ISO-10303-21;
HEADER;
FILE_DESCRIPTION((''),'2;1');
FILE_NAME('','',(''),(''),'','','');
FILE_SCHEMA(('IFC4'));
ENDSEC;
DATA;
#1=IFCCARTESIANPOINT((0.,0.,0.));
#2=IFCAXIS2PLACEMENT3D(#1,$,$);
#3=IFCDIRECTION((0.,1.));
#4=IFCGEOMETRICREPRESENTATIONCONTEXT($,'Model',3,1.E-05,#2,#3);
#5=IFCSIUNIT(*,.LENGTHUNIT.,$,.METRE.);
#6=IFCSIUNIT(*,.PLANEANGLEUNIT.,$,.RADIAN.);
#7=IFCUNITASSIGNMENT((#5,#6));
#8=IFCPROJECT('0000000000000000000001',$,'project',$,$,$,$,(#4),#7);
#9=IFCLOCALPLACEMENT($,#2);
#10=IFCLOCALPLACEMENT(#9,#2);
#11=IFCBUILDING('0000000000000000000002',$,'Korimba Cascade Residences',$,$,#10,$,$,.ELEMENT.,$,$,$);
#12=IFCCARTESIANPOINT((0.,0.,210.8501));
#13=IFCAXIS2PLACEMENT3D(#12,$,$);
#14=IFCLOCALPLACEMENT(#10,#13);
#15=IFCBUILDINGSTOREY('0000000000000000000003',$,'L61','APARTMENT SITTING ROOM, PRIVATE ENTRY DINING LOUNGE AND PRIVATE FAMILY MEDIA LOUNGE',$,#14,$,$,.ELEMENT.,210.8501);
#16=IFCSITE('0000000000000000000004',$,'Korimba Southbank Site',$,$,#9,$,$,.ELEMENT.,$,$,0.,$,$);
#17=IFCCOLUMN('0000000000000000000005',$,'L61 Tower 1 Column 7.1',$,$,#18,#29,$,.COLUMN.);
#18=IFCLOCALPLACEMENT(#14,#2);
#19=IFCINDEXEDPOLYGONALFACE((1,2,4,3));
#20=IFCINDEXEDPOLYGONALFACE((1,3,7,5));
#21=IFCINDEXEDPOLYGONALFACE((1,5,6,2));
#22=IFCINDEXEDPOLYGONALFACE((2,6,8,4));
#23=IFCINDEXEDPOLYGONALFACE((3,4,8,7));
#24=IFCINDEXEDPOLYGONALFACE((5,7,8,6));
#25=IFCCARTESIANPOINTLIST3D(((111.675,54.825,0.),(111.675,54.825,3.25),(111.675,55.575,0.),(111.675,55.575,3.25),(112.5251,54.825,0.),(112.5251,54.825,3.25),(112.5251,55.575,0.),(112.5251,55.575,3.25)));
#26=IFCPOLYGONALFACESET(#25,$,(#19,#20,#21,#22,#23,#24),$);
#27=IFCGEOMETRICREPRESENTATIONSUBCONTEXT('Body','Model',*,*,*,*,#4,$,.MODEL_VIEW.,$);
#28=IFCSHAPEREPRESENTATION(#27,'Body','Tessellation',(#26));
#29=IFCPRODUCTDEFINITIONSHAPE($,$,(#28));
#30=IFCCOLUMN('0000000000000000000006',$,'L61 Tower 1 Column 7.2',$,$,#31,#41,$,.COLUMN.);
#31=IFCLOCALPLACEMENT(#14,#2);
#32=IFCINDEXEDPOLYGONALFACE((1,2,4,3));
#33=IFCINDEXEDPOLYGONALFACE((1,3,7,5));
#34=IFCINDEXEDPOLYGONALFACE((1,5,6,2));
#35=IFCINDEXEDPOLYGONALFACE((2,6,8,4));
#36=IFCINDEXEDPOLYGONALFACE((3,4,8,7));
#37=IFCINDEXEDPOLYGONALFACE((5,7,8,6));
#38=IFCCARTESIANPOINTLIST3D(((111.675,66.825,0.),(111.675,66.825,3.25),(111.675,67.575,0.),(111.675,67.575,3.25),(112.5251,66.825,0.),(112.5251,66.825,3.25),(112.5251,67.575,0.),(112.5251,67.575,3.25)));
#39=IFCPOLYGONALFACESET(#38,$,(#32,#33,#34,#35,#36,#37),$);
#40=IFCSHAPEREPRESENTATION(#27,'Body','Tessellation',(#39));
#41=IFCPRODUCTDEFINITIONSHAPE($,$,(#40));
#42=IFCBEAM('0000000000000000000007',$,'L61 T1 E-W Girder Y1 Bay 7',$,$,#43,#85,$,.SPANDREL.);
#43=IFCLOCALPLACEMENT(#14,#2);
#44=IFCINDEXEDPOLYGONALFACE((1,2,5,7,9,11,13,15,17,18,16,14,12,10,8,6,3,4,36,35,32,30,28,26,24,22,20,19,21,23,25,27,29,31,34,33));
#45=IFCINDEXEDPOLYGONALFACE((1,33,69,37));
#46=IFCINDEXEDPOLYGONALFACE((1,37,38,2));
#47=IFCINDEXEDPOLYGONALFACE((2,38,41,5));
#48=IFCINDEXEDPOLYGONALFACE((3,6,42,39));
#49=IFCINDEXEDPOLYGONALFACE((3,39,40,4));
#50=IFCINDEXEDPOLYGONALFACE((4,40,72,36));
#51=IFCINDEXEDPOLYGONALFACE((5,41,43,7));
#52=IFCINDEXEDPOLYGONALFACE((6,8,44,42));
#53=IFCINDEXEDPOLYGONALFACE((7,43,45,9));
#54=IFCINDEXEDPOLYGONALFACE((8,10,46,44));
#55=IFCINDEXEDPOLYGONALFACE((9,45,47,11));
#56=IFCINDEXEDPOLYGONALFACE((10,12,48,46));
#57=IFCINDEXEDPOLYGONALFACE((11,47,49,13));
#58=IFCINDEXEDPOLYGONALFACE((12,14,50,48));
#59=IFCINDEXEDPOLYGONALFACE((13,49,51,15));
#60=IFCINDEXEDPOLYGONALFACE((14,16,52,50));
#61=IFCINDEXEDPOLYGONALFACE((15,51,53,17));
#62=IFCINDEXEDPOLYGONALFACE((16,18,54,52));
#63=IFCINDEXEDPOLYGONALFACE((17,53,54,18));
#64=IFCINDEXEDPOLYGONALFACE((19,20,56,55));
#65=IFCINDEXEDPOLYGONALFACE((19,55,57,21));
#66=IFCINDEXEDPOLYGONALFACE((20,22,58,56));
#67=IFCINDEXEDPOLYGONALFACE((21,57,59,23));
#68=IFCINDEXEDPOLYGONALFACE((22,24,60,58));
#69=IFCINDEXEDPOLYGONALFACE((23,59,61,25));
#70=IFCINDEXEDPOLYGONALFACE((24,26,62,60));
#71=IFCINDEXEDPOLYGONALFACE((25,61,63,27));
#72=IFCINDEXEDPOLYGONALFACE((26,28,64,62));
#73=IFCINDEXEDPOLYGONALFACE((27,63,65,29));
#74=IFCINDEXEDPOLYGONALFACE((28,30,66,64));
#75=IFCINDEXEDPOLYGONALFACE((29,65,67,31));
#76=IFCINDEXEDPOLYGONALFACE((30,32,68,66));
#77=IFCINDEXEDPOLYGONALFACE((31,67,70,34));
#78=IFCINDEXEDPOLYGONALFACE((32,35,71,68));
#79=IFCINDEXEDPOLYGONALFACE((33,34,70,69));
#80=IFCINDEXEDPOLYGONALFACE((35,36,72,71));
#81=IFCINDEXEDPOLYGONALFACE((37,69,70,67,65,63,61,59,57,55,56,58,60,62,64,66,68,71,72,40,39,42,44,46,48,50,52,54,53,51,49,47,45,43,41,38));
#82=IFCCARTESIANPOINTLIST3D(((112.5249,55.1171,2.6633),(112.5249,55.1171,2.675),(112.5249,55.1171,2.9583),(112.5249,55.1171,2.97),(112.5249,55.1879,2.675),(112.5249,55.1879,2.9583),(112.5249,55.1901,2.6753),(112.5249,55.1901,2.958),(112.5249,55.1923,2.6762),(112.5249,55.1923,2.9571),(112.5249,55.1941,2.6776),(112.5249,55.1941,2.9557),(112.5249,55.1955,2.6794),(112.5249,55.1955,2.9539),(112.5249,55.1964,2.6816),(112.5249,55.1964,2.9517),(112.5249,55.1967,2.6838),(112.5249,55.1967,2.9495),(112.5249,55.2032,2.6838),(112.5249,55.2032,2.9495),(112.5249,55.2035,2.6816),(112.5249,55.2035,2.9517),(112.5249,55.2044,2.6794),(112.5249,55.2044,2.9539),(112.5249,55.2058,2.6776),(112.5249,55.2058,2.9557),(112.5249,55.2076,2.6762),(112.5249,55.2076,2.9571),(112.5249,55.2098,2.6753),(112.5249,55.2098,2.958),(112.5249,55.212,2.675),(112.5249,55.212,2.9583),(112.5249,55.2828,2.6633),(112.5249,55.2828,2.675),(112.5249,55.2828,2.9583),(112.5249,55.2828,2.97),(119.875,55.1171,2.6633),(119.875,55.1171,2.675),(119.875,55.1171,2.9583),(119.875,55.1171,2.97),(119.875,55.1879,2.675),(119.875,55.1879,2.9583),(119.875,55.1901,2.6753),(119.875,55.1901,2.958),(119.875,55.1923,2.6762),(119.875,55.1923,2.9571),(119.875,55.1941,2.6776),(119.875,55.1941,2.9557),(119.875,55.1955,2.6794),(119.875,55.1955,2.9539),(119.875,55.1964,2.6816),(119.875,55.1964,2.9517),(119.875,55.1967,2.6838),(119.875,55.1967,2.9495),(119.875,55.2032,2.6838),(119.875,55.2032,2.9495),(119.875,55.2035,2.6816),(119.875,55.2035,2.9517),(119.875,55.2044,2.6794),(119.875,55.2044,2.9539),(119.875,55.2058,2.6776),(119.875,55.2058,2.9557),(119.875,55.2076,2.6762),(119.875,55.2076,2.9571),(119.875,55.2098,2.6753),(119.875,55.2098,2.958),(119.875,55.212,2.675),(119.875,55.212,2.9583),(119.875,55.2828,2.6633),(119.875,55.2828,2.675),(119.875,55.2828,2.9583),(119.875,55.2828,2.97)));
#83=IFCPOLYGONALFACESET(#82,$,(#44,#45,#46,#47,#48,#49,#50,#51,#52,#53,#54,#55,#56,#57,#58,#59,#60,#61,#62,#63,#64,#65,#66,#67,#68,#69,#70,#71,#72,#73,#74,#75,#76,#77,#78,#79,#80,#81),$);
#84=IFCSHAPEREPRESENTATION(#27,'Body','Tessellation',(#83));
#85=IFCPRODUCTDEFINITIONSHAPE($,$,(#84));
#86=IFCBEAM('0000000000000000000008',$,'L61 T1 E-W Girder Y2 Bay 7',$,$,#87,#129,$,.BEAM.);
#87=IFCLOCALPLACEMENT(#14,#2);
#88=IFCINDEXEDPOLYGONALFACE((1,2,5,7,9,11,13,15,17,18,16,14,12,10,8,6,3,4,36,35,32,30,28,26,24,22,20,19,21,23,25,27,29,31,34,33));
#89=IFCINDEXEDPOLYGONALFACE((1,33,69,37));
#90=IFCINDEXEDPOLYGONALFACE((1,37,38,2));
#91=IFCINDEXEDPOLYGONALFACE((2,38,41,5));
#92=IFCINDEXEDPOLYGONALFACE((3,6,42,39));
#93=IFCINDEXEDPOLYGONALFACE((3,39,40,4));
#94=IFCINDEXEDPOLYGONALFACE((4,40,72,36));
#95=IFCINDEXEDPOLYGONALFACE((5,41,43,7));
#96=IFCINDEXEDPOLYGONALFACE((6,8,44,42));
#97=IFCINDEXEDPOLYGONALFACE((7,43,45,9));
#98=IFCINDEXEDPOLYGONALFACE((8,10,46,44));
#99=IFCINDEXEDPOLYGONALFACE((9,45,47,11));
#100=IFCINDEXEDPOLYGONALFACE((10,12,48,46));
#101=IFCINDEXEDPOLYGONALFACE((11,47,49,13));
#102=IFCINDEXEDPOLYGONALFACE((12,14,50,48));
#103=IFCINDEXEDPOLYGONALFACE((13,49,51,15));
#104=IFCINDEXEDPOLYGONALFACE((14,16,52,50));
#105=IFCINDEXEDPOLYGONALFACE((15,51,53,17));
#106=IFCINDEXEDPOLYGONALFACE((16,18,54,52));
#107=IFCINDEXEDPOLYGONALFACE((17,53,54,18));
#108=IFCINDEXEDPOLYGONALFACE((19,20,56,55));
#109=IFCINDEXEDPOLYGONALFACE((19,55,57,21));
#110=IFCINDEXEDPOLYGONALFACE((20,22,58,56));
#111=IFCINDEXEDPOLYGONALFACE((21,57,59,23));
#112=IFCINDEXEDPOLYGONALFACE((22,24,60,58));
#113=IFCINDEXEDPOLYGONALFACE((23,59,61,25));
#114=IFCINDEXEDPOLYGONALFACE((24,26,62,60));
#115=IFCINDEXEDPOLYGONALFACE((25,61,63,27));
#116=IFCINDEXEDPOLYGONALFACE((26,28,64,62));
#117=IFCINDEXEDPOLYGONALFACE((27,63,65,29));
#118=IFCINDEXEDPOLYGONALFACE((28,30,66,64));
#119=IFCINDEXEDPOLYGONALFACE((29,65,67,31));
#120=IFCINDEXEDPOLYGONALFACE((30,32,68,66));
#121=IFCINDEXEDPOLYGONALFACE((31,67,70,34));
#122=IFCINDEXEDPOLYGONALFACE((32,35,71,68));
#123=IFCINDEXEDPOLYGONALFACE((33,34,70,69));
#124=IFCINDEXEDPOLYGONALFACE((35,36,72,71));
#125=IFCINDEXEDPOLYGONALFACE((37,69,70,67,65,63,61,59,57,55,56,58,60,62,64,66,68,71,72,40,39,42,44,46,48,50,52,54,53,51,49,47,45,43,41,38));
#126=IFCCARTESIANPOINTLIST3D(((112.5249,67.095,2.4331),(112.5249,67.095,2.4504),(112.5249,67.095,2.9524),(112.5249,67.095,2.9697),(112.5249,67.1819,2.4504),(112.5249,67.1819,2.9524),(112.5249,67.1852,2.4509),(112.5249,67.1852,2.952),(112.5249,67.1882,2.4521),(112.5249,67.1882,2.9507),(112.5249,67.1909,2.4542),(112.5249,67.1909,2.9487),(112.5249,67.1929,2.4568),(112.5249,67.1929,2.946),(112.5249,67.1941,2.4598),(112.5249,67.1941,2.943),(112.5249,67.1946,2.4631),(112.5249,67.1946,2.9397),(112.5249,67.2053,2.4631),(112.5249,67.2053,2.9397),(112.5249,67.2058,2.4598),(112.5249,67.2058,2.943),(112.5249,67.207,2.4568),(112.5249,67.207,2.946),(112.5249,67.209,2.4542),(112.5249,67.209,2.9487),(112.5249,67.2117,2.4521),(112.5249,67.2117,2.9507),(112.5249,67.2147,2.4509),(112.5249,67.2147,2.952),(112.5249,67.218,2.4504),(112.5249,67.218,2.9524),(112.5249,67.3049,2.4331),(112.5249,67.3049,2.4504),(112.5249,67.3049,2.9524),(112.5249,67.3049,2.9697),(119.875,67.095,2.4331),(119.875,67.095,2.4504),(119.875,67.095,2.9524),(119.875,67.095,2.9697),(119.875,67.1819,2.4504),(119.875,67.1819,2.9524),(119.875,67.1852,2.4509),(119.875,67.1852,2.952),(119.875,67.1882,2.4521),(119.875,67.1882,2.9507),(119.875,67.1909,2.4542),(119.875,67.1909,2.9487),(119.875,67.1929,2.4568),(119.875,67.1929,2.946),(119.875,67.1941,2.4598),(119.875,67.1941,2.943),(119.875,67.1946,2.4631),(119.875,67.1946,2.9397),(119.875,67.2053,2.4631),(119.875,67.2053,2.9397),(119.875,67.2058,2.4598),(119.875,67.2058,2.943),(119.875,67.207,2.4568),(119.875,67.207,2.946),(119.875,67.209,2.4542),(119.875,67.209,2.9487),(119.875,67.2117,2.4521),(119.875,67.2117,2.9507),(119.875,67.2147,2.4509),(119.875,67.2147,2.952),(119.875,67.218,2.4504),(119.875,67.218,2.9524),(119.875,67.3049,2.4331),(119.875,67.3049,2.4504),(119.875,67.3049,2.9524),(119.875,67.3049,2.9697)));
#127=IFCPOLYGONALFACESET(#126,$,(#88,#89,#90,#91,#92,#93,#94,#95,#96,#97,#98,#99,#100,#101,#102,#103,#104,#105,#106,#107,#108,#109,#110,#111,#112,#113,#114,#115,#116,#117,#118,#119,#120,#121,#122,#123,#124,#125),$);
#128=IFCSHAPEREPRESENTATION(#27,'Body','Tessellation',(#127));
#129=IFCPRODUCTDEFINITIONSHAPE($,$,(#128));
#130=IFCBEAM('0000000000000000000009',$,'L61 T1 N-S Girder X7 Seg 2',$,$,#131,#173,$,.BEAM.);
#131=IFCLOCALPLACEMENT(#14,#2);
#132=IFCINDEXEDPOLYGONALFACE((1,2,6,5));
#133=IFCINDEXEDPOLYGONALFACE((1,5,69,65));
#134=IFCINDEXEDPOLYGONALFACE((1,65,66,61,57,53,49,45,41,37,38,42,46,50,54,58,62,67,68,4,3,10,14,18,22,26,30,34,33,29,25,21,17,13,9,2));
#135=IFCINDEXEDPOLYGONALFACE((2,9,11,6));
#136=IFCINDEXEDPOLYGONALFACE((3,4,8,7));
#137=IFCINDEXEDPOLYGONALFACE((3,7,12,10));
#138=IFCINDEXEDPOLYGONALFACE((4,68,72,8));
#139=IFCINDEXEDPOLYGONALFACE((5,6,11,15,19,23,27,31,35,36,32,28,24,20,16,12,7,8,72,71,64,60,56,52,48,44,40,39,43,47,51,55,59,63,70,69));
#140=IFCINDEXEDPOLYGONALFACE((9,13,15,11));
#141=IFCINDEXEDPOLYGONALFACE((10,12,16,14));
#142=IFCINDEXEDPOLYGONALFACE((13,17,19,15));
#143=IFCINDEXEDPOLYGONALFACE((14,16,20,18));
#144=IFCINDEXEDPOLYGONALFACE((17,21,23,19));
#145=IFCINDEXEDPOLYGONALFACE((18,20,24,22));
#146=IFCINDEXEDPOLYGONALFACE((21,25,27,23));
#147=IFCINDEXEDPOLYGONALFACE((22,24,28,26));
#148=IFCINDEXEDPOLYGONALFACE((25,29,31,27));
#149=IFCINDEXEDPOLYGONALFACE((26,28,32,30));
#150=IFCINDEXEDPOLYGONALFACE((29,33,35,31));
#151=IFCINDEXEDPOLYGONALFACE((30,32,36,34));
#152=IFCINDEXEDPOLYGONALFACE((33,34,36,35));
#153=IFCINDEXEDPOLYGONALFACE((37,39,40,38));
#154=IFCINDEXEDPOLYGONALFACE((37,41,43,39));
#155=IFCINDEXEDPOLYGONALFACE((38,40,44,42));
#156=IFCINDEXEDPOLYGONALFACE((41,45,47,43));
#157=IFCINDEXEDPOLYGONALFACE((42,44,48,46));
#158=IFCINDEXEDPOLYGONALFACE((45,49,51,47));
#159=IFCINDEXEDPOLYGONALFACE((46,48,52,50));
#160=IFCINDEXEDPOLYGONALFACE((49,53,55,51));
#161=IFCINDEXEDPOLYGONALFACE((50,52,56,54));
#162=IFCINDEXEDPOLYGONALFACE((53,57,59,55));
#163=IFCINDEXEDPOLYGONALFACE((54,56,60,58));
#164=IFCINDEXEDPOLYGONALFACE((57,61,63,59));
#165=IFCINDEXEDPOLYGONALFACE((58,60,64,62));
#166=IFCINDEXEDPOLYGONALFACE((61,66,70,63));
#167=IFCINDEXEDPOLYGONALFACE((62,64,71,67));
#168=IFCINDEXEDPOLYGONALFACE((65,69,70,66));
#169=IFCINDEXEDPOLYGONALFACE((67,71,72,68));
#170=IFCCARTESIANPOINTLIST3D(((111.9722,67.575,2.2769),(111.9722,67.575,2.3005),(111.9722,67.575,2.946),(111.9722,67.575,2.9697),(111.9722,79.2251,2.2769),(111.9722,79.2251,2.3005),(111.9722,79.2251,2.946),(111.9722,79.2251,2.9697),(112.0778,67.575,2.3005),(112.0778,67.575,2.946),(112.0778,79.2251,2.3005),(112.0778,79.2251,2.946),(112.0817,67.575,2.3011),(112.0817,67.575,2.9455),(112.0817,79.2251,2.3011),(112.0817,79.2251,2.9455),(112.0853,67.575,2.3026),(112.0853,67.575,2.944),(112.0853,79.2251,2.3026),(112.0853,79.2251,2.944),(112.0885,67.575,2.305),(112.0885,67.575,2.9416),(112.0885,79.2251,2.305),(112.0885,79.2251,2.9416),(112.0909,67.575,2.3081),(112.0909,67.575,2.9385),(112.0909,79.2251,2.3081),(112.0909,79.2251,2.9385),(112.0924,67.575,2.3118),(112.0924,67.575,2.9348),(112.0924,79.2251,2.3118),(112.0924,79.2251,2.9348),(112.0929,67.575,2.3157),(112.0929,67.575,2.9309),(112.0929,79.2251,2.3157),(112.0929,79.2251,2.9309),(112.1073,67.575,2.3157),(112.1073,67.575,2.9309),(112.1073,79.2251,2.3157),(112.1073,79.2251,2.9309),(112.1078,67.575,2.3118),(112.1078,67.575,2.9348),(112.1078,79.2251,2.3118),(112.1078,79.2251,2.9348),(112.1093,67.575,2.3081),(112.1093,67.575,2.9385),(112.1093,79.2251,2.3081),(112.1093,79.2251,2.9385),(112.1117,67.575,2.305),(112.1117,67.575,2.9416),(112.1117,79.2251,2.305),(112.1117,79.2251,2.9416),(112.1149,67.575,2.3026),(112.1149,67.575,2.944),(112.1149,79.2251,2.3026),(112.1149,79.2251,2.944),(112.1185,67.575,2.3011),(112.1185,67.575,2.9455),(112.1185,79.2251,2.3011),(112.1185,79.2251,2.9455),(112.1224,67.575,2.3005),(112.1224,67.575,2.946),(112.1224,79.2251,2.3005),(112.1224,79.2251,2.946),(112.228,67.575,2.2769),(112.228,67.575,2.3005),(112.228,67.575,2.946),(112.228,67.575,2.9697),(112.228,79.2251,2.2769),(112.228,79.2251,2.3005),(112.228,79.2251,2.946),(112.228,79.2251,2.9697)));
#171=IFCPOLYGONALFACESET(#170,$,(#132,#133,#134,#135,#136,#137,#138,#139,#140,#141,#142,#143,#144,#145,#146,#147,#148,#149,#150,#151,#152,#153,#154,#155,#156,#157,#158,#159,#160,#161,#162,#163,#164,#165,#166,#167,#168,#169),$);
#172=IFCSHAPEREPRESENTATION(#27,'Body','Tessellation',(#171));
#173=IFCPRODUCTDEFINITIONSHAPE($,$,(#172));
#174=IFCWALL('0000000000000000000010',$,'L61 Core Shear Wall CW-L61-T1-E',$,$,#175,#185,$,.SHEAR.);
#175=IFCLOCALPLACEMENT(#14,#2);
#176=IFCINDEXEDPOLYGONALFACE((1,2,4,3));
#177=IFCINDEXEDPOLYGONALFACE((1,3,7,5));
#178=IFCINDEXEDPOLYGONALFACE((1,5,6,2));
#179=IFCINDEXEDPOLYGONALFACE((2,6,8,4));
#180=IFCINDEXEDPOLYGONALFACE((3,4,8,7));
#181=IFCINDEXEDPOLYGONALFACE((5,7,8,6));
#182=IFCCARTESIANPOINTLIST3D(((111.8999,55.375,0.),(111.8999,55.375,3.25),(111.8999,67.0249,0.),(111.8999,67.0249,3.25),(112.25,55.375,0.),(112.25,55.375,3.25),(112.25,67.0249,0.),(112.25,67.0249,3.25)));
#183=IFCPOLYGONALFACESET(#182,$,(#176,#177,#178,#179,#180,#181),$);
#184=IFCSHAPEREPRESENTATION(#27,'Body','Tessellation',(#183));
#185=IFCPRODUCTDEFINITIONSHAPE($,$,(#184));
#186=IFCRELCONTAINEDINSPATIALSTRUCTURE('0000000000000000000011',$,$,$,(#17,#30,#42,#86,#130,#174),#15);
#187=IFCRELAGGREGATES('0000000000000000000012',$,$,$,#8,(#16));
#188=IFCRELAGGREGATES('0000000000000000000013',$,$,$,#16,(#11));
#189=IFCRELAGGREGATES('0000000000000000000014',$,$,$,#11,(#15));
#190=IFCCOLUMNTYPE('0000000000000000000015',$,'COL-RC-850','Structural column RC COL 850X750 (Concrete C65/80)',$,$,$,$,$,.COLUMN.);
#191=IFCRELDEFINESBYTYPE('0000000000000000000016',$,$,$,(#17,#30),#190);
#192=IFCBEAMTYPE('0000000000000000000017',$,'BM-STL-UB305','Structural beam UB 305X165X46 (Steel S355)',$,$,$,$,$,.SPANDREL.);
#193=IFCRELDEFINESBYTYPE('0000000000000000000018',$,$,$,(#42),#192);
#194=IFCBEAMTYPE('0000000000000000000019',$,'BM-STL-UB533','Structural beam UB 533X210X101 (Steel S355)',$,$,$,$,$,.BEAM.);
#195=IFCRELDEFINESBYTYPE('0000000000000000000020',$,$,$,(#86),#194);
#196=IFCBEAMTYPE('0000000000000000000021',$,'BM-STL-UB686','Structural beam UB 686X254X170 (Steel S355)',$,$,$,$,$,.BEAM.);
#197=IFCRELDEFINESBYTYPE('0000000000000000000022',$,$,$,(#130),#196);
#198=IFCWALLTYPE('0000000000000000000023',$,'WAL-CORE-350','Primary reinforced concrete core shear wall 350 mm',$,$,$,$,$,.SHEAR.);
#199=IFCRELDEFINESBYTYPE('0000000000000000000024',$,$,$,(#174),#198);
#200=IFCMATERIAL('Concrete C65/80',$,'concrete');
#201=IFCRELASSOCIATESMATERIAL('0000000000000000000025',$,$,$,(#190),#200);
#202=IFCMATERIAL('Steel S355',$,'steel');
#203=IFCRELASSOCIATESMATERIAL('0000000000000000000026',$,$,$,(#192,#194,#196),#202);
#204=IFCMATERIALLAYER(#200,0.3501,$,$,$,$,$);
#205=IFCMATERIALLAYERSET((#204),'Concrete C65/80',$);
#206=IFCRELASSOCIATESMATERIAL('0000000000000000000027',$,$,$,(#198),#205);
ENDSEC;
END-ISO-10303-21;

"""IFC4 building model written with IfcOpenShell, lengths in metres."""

from ifc_helpers import new_model, si_unit, direction, frame, frame_2d, origin, origin_2d, place, context, subcontext, project, spatial, rectangle, i_section, extrude, material, layer, layer_set, material_profile, profile_set, type_object, element, save


model = new_model("IFC4")

# Units and contexts
model_context = context("Model", 3, precision=1e-05, world=origin(), true_north=direction((0.0, 1.0)))
body_context = subcontext(model_context, "Body", "Model", "MODEL_VIEW")
ifc_project = project(units=[si_unit("LENGTHUNIT", "METRE"), si_unit("PLANEANGLEUNIT", "RADIAN")], contexts=[model_context])

# Site, building, storey
site_placement = place(None, origin())
site = spatial("IfcSite", under=ifc_project, at=site_placement, Name="Korimba Southbank Site", CompositionType="ELEMENT", RefElevation=0.0)
building_placement = place(site_placement, origin())
building = spatial("IfcBuilding", under=site, at=building_placement, Name="Korimba Cascade Residences", CompositionType="ELEMENT")
storey_placement = place(building_placement, frame((0.0, 0.0, 210.8501)))
storey = spatial("IfcBuildingStorey", under=building, at=storey_placement, Name="L61", Description="APARTMENT SITTING ROOM, PRIVATE ENTRY DINING LOUNGE AND PRIVATE FAMILY MEDIA LOUNGE", CompositionType="ELEMENT", Elevation=210.8501)

# Columns
ifc_material_1 = material(Name="Concrete C65/80", Category="concrete")
ifc_material_profile_1 = material_profile(ifc_material_1, rectangle(XDim=0.8501, YDim=0.75, at=origin_2d()), Name="Concrete C65/80")
ifc_profile_set_1 = profile_set([ifc_material_profile_1], Name="Concrete C65/80")
column_type = type_object("IfcColumnType", Name="COL-RC-850", Description="Structural column RC COL 850X750 (Concrete C65/80)", PredefinedType="COLUMN", material=ifc_profile_set_1)
for number, where, z_axis, x_axis, name in (
    (1, (112.1001, 55.2, 0.0), (0.0, 0.0, 1.0), (1.0, 0.0, 0.0), "L61 Tower 1 Column 7.1"),
    (2, (112.1001, 67.2, 0.0), (0.0, 0.0, 1.0), (1.0, 0.0, 0.0), "L61 Tower 1 Column 7.2"),
):
    element("IfcColumn", number, at=place(storey_placement, frame(where, z_axis=z_axis, x_axis=x_axis)), inside=storey, type_object=column_type, Name=name, PredefinedType="COLUMN", context=body_context, shape_type="SweptSolid", body=[
        extrude(rectangle(XDim=0.8501, YDim=0.75, at=origin_2d()), origin(), (0.0, 0.0, 1.0), 3.25),
    ])

# Beams
ifc_material_2 = material(Name="Steel S355", Category="steel")
ifc_material_profile_2 = material_profile(ifc_material_2, i_section(OverallWidth=0.1658, OverallDepth=0.3066, WebThickness=0.0066, FlangeThickness=0.0117, FilletRadius=0.0088, at=origin_2d()), Name="Steel S355")
ifc_profile_set_2 = profile_set([ifc_material_profile_2], Name="Steel S355")
beam_type_1 = type_object("IfcBeamType", Name="BM-STL-UB305", Description="Structural beam UB 305X165X46 (Steel S355)", PredefinedType="SPANDREL", material=ifc_profile_set_2)
beam_1_placement = place(storey_placement, frame((112.5249, 55.2, 2.8167), z_axis=(1.0, 0.0, 0.0), x_axis=(0.0, 1.0, 0.0)))
element("IfcBeam", 3, at=beam_1_placement, inside=storey, type_object=beam_type_1, Name="L61 T1 E-W Girder Y1 Bay 7", PredefinedType="SPANDREL", context=body_context, shape_type="SweptSolid", body=[
    extrude(i_section(OverallWidth=0.1658, OverallDepth=0.3066, WebThickness=0.0066, FlangeThickness=0.0117, FilletRadius=0.0088, at=origin_2d()), origin(), (0.0, 0.0, 1.0), 7.3501),
])
ifc_material_profile_3 = material_profile(ifc_material_2, i_section(OverallWidth=0.21, OverallDepth=0.5366, WebThickness=0.0107, FlangeThickness=0.0173, FilletRadius=0.0127, at=origin_2d()), Name="Steel S355")
ifc_profile_set_3 = profile_set([ifc_material_profile_3], Name="Steel S355")
beam_type_2 = type_object("IfcBeamType", Name="BM-STL-UB533", Description="Structural beam UB 533X210X101 (Steel S355)", PredefinedType="BEAM", material=ifc_profile_set_3)
beam_2_placement = place(storey_placement, frame((112.5249, 67.2, 2.7014), z_axis=(1.0, 0.0, 0.0), x_axis=(0.0, 1.0, 0.0)))
element("IfcBeam", 4, at=beam_2_placement, inside=storey, type_object=beam_type_2, Name="L61 T1 E-W Girder Y2 Bay 7", PredefinedType="BEAM", context=body_context, shape_type="SweptSolid", body=[
    extrude(i_section(OverallWidth=0.21, OverallDepth=0.5366, WebThickness=0.0107, FlangeThickness=0.0173, FilletRadius=0.0127, at=origin_2d()), origin(), (0.0, 0.0, 1.0), 7.3501),
])
ifc_material_profile_4 = material_profile(ifc_material_2, i_section(OverallWidth=0.2559, OverallDepth=0.6929, WebThickness=0.0144, FlangeThickness=0.0237, FilletRadius=0.0151, at=origin_2d()), Name="Steel S355")
ifc_profile_set_4 = profile_set([ifc_material_profile_4], Name="Steel S355")
beam_type_3 = type_object("IfcBeamType", Name="BM-STL-UB686", Description="Structural beam UB 686X254X170 (Steel S355)", PredefinedType="BEAM", material=ifc_profile_set_4)
beam_3_placement = place(storey_placement, frame((112.1001, 67.575, 2.6233), z_axis=(0.0, 1.0, 0.0), x_axis=(-1.0, 0.0, 0.0)))
element("IfcBeam", 5, at=beam_3_placement, inside=storey, type_object=beam_type_3, Name="L61 T1 N-S Girder X7 Seg 2", PredefinedType="BEAM", context=body_context, shape_type="SweptSolid", body=[
    extrude(i_section(OverallWidth=0.2559, OverallDepth=0.6929, WebThickness=0.0144, FlangeThickness=0.0237, FilletRadius=0.0151, at=origin_2d()), origin(), (0.0, 0.0, 1.0), 11.6501),
])

# Wall
ifc_layer_1 = layer(ifc_material_1, 0.3501)
ifc_layer_set_1 = layer_set([ifc_layer_1], Name="Concrete C65/80")
wall_type_1 = type_object("IfcWallType", Name="WAL-CORE-350", Description="Primary reinforced concrete core shear wall 350 mm", PredefinedType="SHEAR", material=ifc_layer_set_1)
wall_1_placement = place(storey_placement, frame((112.075, 55.375, 0.0), z_axis=(0.0, 0.0, 1.0), x_axis=(0.0, 1.0, 0.0)))
element("IfcWall", 6, at=wall_1_placement, inside=storey, type_object=wall_type_1, Name="L61 Core Shear Wall CW-L61-T1-E", PredefinedType="SHEAR", context=body_context, shape_type="SweptSolid", body=[
    extrude(rectangle(XDim=11.6499, YDim=0.3501, at=frame_2d((5.825, 0.0))), origin(), (0.0, 0.0, 1.0), 3.25),
])

save(model, "model.ifc")
